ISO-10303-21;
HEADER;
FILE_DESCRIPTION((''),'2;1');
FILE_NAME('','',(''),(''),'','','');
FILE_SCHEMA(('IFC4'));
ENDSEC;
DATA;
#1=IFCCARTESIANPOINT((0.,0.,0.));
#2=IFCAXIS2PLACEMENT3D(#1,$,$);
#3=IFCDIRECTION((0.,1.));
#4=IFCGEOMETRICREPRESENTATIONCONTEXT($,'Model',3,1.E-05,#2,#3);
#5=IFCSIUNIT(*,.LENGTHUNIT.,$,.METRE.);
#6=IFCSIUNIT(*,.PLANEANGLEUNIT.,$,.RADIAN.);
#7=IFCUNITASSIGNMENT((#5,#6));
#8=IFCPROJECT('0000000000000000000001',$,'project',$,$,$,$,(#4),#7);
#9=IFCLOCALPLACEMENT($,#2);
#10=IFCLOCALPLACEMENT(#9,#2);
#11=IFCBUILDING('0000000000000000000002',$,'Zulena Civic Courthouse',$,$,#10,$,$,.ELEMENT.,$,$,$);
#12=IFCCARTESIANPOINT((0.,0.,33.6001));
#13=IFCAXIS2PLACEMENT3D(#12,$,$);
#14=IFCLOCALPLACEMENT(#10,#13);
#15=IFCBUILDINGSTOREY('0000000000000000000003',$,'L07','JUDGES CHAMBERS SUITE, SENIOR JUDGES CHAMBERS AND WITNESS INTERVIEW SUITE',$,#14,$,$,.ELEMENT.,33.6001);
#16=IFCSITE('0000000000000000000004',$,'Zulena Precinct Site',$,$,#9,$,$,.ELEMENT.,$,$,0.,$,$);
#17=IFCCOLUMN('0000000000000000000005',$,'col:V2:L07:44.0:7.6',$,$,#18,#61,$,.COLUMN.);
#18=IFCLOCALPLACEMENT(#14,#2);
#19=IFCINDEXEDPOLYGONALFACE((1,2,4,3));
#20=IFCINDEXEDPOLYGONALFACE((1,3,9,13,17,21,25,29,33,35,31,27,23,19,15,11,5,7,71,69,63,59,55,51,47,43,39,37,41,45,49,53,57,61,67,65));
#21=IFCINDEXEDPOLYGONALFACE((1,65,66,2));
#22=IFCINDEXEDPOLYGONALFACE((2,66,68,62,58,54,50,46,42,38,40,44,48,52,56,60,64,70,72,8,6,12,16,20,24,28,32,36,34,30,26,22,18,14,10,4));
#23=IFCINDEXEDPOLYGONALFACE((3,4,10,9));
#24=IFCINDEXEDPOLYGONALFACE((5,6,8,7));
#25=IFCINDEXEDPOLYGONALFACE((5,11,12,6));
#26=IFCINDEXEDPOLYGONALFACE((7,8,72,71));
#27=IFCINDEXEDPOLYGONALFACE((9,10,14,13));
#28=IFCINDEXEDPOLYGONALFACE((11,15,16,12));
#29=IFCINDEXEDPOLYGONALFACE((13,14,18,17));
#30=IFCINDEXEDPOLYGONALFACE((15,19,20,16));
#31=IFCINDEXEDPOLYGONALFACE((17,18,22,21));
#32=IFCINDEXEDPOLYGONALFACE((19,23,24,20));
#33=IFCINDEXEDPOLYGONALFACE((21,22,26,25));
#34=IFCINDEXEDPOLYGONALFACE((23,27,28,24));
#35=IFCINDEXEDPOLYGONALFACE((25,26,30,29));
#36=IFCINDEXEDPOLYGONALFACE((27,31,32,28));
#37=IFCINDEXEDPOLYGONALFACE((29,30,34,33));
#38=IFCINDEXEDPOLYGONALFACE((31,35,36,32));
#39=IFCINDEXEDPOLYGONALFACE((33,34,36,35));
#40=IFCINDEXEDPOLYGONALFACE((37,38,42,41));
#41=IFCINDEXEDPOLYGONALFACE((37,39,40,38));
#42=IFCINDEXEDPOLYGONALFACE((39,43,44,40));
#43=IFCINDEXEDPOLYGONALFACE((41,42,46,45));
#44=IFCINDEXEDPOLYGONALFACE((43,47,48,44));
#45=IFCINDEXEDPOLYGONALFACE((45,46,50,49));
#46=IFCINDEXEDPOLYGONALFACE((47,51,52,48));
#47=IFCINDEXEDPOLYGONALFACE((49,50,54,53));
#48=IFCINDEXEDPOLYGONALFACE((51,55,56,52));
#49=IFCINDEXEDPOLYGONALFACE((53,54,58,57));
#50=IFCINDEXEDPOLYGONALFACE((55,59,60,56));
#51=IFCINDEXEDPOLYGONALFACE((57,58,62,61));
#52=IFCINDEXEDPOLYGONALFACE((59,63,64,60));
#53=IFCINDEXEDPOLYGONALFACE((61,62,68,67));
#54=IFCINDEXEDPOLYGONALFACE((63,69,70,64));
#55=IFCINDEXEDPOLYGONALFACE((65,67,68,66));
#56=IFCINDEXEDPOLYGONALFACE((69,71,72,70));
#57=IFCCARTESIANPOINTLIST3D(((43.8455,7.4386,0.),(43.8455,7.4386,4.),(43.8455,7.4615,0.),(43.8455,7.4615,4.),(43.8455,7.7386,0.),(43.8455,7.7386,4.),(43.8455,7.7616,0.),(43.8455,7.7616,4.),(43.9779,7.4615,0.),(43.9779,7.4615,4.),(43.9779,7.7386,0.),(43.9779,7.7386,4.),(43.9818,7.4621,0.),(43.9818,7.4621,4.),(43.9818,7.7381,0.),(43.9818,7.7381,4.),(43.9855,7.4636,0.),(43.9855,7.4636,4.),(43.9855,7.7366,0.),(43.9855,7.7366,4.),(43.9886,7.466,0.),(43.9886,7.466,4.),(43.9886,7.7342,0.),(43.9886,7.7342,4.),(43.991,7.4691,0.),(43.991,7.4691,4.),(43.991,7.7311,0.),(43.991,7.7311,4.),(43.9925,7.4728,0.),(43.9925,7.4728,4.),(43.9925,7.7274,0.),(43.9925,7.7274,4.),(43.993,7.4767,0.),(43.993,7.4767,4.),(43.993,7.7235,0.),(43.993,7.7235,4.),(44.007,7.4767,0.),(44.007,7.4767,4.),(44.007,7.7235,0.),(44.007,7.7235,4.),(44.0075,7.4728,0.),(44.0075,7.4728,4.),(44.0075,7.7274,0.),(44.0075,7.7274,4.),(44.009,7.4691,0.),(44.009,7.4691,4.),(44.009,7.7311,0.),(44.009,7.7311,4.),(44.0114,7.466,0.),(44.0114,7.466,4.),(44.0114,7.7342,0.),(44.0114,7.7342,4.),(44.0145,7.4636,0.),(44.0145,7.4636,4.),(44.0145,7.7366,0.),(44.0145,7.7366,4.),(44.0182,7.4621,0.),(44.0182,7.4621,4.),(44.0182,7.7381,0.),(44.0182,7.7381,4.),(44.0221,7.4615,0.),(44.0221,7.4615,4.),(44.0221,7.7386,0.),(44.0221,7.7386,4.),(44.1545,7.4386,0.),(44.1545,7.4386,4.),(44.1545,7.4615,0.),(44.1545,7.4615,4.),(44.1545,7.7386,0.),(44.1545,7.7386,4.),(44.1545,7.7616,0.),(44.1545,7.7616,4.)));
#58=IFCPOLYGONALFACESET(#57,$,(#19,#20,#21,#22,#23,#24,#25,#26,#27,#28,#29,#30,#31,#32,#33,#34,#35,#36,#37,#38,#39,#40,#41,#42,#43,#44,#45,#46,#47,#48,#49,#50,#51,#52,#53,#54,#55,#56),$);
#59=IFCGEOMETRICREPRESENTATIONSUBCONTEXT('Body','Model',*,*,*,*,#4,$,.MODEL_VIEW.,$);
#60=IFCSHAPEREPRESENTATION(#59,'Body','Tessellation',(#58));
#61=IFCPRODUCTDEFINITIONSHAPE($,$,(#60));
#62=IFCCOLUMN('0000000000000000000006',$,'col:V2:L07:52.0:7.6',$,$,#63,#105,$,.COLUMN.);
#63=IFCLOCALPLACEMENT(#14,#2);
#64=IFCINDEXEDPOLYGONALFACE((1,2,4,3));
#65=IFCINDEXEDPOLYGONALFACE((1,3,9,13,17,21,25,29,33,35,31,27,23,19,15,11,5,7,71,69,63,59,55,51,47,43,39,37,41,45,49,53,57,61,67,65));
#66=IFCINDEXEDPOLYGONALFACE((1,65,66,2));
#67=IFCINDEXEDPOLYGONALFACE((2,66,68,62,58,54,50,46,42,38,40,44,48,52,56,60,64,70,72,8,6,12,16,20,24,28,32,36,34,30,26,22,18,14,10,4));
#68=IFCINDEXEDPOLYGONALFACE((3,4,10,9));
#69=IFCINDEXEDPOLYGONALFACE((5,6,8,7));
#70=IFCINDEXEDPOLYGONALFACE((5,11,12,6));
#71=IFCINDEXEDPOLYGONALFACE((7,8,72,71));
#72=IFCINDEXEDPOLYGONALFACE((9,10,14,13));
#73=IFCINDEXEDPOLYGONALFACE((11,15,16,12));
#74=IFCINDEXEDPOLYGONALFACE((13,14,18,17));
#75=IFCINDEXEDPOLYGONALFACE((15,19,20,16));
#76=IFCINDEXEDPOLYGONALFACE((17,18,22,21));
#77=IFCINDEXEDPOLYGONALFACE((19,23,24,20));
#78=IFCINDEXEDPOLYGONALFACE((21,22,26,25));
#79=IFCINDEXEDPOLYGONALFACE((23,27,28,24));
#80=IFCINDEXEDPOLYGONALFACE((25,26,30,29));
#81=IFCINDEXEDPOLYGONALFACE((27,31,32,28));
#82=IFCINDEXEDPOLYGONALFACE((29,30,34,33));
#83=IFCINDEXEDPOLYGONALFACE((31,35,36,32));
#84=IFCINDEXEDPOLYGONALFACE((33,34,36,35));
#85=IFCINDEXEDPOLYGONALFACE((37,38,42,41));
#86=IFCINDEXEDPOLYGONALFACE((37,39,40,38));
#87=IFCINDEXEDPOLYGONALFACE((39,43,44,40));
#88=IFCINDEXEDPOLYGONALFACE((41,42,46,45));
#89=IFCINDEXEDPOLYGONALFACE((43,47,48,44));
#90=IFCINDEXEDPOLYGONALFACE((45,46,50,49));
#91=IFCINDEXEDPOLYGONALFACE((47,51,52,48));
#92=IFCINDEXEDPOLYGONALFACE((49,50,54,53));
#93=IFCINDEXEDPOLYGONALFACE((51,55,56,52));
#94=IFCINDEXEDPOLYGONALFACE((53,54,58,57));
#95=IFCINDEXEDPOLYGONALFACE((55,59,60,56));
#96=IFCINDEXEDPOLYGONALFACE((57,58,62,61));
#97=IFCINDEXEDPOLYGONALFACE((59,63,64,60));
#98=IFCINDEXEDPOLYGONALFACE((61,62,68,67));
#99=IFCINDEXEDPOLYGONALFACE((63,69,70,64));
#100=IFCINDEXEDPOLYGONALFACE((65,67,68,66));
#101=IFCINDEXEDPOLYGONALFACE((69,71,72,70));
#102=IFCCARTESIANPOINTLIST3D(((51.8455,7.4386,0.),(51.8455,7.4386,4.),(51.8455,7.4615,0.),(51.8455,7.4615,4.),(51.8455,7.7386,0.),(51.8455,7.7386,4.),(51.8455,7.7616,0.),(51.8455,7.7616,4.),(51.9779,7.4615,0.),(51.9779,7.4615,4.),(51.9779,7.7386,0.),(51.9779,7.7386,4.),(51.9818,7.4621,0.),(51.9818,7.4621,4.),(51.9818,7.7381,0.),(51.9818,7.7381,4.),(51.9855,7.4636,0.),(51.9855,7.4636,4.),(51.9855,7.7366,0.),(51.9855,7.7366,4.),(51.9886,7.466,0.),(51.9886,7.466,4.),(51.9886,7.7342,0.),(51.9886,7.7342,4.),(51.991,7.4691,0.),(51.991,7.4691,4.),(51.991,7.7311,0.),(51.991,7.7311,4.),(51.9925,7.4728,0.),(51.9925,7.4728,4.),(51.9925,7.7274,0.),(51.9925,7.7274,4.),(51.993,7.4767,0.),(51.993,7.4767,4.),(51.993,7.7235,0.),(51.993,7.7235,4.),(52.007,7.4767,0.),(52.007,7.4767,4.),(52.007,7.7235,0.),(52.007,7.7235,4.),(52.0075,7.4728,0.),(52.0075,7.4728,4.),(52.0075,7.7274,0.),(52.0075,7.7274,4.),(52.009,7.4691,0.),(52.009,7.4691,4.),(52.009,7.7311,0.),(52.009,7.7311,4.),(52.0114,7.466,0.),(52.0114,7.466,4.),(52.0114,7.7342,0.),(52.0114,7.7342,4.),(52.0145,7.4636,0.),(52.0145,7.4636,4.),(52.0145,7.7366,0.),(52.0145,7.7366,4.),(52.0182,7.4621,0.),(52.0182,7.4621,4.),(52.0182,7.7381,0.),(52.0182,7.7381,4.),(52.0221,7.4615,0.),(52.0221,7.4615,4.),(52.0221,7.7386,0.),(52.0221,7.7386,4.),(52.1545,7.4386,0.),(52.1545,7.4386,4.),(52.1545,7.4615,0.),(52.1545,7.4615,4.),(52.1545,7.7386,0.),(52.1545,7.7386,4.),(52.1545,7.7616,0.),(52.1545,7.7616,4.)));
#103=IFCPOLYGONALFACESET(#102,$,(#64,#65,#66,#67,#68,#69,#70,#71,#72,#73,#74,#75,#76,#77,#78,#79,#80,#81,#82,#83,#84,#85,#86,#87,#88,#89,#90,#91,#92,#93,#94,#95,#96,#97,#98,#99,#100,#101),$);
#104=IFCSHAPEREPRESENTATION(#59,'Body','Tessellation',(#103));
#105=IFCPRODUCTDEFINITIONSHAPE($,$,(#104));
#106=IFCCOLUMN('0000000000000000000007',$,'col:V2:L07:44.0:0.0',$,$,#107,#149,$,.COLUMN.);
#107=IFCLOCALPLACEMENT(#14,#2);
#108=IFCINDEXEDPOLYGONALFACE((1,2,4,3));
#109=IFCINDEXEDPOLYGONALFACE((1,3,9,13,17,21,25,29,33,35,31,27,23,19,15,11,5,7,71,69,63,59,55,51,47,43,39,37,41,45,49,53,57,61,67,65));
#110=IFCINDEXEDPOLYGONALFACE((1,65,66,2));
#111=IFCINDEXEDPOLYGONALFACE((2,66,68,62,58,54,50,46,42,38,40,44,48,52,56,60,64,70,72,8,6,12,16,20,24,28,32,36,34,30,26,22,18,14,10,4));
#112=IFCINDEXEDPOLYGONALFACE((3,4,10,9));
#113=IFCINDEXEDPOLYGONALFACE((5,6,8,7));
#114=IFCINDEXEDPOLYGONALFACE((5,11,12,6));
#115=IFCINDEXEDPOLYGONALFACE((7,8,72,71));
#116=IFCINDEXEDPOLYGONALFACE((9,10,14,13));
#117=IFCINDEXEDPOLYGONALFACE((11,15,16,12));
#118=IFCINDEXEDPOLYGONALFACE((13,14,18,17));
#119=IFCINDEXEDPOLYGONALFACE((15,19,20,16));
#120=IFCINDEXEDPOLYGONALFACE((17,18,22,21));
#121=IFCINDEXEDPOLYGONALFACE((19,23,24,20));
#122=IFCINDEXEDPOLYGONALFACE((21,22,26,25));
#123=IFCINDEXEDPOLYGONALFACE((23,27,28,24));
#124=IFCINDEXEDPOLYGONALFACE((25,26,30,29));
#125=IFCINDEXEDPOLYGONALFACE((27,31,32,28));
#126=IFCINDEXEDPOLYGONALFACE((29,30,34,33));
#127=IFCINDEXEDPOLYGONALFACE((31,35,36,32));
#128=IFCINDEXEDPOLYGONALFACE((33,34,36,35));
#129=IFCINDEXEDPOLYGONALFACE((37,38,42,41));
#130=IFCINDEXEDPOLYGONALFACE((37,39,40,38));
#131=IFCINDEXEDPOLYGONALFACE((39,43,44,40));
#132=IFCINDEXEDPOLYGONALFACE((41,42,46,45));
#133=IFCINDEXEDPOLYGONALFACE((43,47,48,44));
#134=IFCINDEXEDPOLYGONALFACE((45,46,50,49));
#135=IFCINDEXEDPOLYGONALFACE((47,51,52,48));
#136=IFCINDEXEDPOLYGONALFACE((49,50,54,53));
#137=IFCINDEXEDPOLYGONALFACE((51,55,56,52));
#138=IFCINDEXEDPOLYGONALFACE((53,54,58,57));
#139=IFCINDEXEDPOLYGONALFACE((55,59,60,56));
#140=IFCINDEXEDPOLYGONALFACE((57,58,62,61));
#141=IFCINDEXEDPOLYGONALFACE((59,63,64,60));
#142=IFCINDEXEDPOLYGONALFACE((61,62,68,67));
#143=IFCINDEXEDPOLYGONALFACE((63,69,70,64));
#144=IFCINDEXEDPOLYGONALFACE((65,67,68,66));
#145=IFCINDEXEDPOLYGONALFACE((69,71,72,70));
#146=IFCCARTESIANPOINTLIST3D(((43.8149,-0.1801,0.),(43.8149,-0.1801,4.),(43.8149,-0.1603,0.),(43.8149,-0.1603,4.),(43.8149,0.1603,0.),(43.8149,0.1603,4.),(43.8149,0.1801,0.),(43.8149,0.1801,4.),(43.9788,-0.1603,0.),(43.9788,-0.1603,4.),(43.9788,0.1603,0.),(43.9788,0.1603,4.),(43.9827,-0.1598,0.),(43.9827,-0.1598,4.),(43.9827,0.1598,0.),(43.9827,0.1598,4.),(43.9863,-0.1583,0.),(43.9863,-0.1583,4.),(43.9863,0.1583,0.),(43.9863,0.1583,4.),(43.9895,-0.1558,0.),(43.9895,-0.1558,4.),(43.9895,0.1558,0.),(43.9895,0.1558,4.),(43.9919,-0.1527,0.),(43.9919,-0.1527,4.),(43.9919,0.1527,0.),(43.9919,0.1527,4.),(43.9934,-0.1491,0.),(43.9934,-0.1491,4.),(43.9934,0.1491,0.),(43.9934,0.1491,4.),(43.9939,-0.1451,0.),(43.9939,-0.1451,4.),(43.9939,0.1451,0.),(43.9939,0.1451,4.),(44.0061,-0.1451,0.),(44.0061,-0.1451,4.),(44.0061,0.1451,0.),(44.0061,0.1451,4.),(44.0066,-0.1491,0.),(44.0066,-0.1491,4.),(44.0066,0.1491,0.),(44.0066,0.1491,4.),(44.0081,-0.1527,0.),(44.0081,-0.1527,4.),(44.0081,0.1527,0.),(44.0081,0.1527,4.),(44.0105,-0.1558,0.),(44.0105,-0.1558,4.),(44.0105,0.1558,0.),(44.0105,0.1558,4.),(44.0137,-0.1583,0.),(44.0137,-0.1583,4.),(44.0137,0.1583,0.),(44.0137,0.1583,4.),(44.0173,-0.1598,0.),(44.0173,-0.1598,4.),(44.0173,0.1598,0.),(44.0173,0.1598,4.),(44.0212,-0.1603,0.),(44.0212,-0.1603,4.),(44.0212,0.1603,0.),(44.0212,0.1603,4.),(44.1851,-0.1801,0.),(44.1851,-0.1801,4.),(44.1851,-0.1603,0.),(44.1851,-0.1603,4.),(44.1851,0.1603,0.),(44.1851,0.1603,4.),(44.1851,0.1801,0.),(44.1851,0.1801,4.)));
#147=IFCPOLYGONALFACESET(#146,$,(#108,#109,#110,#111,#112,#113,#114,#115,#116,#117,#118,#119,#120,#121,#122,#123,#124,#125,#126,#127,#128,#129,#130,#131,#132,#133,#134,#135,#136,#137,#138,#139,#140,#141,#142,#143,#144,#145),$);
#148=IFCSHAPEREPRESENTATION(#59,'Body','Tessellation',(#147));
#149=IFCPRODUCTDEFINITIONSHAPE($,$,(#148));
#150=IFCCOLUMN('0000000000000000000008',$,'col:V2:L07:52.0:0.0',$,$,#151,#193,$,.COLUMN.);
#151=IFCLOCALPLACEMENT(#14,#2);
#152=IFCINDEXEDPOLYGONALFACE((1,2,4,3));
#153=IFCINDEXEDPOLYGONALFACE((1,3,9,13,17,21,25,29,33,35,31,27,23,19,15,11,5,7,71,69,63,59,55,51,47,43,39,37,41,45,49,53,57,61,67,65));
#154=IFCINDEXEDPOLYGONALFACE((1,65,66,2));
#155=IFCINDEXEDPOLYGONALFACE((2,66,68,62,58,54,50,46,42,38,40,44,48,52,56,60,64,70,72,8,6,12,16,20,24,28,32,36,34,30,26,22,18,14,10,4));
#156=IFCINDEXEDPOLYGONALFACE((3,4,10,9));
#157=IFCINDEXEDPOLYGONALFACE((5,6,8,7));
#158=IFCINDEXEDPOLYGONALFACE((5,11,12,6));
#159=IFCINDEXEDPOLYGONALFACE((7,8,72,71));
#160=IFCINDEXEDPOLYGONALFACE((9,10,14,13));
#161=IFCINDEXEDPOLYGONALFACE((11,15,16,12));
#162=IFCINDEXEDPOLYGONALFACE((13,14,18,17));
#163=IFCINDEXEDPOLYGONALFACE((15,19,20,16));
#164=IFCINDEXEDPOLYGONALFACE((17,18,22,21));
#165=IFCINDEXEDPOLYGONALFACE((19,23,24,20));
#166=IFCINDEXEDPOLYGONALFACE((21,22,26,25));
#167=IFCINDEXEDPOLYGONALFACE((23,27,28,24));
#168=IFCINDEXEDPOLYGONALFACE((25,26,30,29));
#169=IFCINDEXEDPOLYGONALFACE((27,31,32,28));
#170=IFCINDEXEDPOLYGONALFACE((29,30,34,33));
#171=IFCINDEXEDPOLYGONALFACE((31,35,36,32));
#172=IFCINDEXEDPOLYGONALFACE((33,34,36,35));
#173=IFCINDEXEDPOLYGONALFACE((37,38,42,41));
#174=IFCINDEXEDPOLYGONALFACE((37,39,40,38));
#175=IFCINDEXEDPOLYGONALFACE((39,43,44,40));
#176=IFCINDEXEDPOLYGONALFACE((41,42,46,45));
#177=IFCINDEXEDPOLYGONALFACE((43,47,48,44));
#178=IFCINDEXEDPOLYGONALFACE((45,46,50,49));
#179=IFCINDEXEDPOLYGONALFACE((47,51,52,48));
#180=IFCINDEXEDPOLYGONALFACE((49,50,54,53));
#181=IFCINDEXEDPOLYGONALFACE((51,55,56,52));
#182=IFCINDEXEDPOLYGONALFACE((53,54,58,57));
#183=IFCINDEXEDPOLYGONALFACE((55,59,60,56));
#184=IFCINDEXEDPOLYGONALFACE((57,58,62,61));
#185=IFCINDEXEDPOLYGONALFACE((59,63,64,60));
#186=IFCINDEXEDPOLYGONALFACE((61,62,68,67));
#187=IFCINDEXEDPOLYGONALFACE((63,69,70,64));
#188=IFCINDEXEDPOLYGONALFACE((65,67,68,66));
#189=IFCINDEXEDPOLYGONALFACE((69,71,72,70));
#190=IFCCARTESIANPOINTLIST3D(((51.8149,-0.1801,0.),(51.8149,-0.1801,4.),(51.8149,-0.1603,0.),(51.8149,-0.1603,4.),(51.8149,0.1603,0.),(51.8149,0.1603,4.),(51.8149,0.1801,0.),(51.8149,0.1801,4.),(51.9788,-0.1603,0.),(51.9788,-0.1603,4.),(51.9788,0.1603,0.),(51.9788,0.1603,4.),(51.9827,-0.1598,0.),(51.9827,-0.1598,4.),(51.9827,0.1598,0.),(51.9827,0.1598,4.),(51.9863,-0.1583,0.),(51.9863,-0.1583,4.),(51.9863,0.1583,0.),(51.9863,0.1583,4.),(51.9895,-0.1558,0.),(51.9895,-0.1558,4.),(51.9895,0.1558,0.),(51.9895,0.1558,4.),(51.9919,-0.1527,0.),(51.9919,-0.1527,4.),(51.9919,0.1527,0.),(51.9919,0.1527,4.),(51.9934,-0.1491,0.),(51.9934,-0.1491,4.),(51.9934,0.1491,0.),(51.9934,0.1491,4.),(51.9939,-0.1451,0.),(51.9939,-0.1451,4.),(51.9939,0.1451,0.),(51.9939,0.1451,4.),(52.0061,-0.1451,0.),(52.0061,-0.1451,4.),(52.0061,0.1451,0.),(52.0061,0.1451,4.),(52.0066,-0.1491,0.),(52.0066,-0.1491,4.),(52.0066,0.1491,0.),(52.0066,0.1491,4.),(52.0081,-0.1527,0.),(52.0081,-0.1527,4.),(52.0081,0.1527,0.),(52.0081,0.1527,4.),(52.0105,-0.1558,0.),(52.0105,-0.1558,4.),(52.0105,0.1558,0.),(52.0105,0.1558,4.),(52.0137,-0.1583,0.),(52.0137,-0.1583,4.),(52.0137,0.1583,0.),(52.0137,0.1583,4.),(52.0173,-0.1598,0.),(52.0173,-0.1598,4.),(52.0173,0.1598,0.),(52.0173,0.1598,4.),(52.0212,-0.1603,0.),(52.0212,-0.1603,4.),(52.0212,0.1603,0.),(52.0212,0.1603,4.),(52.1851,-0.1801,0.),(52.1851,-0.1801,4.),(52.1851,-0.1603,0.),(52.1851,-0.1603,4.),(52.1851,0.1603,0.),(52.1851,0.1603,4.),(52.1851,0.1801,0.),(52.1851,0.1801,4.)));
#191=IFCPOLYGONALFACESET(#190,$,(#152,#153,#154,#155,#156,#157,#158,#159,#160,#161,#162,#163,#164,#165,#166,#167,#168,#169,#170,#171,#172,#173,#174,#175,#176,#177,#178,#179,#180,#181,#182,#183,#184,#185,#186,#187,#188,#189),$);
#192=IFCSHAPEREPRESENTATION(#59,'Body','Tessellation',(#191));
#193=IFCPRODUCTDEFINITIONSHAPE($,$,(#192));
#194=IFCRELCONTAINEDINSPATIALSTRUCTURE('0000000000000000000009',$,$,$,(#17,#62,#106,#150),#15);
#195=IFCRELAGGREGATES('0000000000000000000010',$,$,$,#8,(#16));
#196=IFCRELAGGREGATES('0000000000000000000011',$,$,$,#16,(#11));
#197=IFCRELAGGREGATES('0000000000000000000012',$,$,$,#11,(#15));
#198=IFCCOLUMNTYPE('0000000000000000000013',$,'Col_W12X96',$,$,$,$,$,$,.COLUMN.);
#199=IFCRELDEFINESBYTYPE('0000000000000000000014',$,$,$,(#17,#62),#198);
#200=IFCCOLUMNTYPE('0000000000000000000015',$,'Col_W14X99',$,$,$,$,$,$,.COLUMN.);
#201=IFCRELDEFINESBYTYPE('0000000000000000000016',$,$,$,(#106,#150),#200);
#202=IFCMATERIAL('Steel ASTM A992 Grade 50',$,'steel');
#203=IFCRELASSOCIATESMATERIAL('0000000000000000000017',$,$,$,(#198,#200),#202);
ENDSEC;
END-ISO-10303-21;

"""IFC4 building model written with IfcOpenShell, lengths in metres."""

from ifc_helpers import new_model, si_unit, direction, frame, origin, origin_2d, place, context, subcontext, project, spatial, i_section, extrude, material, material_profile, profile_set, type_object, element, save


model = new_model("IFC4")

# Units and contexts
model_context = context("Model", 3, precision=1e-05, world=origin(), true_north=direction((0.0, 1.0)))
body_context = subcontext(model_context, "Body", "Model", "MODEL_VIEW")
ifc_project = project(units=[si_unit("LENGTHUNIT", "METRE"), si_unit("PLANEANGLEUNIT", "RADIAN")], contexts=[model_context])

# Site, building, storey
site_placement = place(None, origin())
site = spatial("IfcSite", under=ifc_project, at=site_placement, Name="Zulena Precinct Site", CompositionType="ELEMENT", RefElevation=0.0)
building_placement = place(site_placement, origin())
building = spatial("IfcBuilding", under=site, at=building_placement, Name="Zulena Civic Courthouse", CompositionType="ELEMENT")
storey_placement = place(building_placement, frame((0.0, 0.0, 33.6001)))
storey = spatial("IfcBuildingStorey", under=building, at=storey_placement, Name="L07", Description="JUDGES CHAMBERS SUITE, SENIOR JUDGES CHAMBERS AND WITNESS INTERVIEW SUITE", CompositionType="ELEMENT", Elevation=33.6001)

# Columns
ifc_material_1 = material(Name="Steel ASTM A992 Grade 50", Category="steel")
ifc_material_profile_1 = material_profile(ifc_material_1, i_section(OverallWidth=0.3091, OverallDepth=0.323, WebThickness=0.0139, FlangeThickness=0.0229, FilletRadius=0.0151, at=origin_2d()), Name="W12X96")
ifc_profile_set_1 = profile_set([ifc_material_profile_1], Name="Steel ASTM A992 Grade 50")
column_type_1 = type_object("IfcColumnType", Name="Col_W12X96", PredefinedType="COLUMN", material=ifc_profile_set_1)
for number, where, z_axis, x_axis, name in (
    (1, (44.0, 7.6001, 0.0), (0.0, 0.0, 1.0), (1.0, 0.0, 0.0), "col:V2:L07:44.0:7.6"),
    (2, (52.0, 7.6001, 0.0), (0.0, 0.0, 1.0), (1.0, 0.0, 0.0), "col:V2:L07:52.0:7.6"),
):
    element("IfcColumn", number, at=place(storey_placement, frame(where, z_axis=z_axis, x_axis=x_axis)), inside=storey, type_object=column_type_1, Name=name, PredefinedType="COLUMN", context=body_context, shape_type="SweptSolid", body=[
        extrude(i_section(OverallWidth=0.3091, OverallDepth=0.323, WebThickness=0.0139, FlangeThickness=0.0229, FilletRadius=0.0151, at=origin_2d()), origin(), (0.0, 0.0, 1.0), 4.0),
    ])
ifc_material_profile_2 = material_profile(ifc_material_1, i_section(OverallWidth=0.3701, OverallDepth=0.3601, WebThickness=0.0122, FlangeThickness=0.0198, FilletRadius=0.0151, at=origin_2d()), Name="W14X99")
ifc_profile_set_2 = profile_set([ifc_material_profile_2], Name="Steel ASTM A992 Grade 50")
column_type_2 = type_object("IfcColumnType", Name="Col_W14X99", PredefinedType="COLUMN", material=ifc_profile_set_2)
for number, where, z_axis, x_axis, name in (
    (3, (44.0, 0.0, 0.0), (0.0, 0.0, 1.0), (1.0, 0.0, 0.0), "col:V2:L07:44.0:0.0"),
    (4, (52.0, 0.0, 0.0), (0.0, 0.0, 1.0), (1.0, 0.0, 0.0), "col:V2:L07:52.0:0.0"),
):
    element("IfcColumn", number, at=place(storey_placement, frame(where, z_axis=z_axis, x_axis=x_axis)), inside=storey, type_object=column_type_2, Name=name, PredefinedType="COLUMN", context=body_context, shape_type="SweptSolid", body=[
        extrude(i_section(OverallWidth=0.3701, OverallDepth=0.3601, WebThickness=0.0122, FlangeThickness=0.0198, FilletRadius=0.0151, at=origin_2d()), origin(), (0.0, 0.0, 1.0), 4.0),
    ])

save(model, "model.ifc")
